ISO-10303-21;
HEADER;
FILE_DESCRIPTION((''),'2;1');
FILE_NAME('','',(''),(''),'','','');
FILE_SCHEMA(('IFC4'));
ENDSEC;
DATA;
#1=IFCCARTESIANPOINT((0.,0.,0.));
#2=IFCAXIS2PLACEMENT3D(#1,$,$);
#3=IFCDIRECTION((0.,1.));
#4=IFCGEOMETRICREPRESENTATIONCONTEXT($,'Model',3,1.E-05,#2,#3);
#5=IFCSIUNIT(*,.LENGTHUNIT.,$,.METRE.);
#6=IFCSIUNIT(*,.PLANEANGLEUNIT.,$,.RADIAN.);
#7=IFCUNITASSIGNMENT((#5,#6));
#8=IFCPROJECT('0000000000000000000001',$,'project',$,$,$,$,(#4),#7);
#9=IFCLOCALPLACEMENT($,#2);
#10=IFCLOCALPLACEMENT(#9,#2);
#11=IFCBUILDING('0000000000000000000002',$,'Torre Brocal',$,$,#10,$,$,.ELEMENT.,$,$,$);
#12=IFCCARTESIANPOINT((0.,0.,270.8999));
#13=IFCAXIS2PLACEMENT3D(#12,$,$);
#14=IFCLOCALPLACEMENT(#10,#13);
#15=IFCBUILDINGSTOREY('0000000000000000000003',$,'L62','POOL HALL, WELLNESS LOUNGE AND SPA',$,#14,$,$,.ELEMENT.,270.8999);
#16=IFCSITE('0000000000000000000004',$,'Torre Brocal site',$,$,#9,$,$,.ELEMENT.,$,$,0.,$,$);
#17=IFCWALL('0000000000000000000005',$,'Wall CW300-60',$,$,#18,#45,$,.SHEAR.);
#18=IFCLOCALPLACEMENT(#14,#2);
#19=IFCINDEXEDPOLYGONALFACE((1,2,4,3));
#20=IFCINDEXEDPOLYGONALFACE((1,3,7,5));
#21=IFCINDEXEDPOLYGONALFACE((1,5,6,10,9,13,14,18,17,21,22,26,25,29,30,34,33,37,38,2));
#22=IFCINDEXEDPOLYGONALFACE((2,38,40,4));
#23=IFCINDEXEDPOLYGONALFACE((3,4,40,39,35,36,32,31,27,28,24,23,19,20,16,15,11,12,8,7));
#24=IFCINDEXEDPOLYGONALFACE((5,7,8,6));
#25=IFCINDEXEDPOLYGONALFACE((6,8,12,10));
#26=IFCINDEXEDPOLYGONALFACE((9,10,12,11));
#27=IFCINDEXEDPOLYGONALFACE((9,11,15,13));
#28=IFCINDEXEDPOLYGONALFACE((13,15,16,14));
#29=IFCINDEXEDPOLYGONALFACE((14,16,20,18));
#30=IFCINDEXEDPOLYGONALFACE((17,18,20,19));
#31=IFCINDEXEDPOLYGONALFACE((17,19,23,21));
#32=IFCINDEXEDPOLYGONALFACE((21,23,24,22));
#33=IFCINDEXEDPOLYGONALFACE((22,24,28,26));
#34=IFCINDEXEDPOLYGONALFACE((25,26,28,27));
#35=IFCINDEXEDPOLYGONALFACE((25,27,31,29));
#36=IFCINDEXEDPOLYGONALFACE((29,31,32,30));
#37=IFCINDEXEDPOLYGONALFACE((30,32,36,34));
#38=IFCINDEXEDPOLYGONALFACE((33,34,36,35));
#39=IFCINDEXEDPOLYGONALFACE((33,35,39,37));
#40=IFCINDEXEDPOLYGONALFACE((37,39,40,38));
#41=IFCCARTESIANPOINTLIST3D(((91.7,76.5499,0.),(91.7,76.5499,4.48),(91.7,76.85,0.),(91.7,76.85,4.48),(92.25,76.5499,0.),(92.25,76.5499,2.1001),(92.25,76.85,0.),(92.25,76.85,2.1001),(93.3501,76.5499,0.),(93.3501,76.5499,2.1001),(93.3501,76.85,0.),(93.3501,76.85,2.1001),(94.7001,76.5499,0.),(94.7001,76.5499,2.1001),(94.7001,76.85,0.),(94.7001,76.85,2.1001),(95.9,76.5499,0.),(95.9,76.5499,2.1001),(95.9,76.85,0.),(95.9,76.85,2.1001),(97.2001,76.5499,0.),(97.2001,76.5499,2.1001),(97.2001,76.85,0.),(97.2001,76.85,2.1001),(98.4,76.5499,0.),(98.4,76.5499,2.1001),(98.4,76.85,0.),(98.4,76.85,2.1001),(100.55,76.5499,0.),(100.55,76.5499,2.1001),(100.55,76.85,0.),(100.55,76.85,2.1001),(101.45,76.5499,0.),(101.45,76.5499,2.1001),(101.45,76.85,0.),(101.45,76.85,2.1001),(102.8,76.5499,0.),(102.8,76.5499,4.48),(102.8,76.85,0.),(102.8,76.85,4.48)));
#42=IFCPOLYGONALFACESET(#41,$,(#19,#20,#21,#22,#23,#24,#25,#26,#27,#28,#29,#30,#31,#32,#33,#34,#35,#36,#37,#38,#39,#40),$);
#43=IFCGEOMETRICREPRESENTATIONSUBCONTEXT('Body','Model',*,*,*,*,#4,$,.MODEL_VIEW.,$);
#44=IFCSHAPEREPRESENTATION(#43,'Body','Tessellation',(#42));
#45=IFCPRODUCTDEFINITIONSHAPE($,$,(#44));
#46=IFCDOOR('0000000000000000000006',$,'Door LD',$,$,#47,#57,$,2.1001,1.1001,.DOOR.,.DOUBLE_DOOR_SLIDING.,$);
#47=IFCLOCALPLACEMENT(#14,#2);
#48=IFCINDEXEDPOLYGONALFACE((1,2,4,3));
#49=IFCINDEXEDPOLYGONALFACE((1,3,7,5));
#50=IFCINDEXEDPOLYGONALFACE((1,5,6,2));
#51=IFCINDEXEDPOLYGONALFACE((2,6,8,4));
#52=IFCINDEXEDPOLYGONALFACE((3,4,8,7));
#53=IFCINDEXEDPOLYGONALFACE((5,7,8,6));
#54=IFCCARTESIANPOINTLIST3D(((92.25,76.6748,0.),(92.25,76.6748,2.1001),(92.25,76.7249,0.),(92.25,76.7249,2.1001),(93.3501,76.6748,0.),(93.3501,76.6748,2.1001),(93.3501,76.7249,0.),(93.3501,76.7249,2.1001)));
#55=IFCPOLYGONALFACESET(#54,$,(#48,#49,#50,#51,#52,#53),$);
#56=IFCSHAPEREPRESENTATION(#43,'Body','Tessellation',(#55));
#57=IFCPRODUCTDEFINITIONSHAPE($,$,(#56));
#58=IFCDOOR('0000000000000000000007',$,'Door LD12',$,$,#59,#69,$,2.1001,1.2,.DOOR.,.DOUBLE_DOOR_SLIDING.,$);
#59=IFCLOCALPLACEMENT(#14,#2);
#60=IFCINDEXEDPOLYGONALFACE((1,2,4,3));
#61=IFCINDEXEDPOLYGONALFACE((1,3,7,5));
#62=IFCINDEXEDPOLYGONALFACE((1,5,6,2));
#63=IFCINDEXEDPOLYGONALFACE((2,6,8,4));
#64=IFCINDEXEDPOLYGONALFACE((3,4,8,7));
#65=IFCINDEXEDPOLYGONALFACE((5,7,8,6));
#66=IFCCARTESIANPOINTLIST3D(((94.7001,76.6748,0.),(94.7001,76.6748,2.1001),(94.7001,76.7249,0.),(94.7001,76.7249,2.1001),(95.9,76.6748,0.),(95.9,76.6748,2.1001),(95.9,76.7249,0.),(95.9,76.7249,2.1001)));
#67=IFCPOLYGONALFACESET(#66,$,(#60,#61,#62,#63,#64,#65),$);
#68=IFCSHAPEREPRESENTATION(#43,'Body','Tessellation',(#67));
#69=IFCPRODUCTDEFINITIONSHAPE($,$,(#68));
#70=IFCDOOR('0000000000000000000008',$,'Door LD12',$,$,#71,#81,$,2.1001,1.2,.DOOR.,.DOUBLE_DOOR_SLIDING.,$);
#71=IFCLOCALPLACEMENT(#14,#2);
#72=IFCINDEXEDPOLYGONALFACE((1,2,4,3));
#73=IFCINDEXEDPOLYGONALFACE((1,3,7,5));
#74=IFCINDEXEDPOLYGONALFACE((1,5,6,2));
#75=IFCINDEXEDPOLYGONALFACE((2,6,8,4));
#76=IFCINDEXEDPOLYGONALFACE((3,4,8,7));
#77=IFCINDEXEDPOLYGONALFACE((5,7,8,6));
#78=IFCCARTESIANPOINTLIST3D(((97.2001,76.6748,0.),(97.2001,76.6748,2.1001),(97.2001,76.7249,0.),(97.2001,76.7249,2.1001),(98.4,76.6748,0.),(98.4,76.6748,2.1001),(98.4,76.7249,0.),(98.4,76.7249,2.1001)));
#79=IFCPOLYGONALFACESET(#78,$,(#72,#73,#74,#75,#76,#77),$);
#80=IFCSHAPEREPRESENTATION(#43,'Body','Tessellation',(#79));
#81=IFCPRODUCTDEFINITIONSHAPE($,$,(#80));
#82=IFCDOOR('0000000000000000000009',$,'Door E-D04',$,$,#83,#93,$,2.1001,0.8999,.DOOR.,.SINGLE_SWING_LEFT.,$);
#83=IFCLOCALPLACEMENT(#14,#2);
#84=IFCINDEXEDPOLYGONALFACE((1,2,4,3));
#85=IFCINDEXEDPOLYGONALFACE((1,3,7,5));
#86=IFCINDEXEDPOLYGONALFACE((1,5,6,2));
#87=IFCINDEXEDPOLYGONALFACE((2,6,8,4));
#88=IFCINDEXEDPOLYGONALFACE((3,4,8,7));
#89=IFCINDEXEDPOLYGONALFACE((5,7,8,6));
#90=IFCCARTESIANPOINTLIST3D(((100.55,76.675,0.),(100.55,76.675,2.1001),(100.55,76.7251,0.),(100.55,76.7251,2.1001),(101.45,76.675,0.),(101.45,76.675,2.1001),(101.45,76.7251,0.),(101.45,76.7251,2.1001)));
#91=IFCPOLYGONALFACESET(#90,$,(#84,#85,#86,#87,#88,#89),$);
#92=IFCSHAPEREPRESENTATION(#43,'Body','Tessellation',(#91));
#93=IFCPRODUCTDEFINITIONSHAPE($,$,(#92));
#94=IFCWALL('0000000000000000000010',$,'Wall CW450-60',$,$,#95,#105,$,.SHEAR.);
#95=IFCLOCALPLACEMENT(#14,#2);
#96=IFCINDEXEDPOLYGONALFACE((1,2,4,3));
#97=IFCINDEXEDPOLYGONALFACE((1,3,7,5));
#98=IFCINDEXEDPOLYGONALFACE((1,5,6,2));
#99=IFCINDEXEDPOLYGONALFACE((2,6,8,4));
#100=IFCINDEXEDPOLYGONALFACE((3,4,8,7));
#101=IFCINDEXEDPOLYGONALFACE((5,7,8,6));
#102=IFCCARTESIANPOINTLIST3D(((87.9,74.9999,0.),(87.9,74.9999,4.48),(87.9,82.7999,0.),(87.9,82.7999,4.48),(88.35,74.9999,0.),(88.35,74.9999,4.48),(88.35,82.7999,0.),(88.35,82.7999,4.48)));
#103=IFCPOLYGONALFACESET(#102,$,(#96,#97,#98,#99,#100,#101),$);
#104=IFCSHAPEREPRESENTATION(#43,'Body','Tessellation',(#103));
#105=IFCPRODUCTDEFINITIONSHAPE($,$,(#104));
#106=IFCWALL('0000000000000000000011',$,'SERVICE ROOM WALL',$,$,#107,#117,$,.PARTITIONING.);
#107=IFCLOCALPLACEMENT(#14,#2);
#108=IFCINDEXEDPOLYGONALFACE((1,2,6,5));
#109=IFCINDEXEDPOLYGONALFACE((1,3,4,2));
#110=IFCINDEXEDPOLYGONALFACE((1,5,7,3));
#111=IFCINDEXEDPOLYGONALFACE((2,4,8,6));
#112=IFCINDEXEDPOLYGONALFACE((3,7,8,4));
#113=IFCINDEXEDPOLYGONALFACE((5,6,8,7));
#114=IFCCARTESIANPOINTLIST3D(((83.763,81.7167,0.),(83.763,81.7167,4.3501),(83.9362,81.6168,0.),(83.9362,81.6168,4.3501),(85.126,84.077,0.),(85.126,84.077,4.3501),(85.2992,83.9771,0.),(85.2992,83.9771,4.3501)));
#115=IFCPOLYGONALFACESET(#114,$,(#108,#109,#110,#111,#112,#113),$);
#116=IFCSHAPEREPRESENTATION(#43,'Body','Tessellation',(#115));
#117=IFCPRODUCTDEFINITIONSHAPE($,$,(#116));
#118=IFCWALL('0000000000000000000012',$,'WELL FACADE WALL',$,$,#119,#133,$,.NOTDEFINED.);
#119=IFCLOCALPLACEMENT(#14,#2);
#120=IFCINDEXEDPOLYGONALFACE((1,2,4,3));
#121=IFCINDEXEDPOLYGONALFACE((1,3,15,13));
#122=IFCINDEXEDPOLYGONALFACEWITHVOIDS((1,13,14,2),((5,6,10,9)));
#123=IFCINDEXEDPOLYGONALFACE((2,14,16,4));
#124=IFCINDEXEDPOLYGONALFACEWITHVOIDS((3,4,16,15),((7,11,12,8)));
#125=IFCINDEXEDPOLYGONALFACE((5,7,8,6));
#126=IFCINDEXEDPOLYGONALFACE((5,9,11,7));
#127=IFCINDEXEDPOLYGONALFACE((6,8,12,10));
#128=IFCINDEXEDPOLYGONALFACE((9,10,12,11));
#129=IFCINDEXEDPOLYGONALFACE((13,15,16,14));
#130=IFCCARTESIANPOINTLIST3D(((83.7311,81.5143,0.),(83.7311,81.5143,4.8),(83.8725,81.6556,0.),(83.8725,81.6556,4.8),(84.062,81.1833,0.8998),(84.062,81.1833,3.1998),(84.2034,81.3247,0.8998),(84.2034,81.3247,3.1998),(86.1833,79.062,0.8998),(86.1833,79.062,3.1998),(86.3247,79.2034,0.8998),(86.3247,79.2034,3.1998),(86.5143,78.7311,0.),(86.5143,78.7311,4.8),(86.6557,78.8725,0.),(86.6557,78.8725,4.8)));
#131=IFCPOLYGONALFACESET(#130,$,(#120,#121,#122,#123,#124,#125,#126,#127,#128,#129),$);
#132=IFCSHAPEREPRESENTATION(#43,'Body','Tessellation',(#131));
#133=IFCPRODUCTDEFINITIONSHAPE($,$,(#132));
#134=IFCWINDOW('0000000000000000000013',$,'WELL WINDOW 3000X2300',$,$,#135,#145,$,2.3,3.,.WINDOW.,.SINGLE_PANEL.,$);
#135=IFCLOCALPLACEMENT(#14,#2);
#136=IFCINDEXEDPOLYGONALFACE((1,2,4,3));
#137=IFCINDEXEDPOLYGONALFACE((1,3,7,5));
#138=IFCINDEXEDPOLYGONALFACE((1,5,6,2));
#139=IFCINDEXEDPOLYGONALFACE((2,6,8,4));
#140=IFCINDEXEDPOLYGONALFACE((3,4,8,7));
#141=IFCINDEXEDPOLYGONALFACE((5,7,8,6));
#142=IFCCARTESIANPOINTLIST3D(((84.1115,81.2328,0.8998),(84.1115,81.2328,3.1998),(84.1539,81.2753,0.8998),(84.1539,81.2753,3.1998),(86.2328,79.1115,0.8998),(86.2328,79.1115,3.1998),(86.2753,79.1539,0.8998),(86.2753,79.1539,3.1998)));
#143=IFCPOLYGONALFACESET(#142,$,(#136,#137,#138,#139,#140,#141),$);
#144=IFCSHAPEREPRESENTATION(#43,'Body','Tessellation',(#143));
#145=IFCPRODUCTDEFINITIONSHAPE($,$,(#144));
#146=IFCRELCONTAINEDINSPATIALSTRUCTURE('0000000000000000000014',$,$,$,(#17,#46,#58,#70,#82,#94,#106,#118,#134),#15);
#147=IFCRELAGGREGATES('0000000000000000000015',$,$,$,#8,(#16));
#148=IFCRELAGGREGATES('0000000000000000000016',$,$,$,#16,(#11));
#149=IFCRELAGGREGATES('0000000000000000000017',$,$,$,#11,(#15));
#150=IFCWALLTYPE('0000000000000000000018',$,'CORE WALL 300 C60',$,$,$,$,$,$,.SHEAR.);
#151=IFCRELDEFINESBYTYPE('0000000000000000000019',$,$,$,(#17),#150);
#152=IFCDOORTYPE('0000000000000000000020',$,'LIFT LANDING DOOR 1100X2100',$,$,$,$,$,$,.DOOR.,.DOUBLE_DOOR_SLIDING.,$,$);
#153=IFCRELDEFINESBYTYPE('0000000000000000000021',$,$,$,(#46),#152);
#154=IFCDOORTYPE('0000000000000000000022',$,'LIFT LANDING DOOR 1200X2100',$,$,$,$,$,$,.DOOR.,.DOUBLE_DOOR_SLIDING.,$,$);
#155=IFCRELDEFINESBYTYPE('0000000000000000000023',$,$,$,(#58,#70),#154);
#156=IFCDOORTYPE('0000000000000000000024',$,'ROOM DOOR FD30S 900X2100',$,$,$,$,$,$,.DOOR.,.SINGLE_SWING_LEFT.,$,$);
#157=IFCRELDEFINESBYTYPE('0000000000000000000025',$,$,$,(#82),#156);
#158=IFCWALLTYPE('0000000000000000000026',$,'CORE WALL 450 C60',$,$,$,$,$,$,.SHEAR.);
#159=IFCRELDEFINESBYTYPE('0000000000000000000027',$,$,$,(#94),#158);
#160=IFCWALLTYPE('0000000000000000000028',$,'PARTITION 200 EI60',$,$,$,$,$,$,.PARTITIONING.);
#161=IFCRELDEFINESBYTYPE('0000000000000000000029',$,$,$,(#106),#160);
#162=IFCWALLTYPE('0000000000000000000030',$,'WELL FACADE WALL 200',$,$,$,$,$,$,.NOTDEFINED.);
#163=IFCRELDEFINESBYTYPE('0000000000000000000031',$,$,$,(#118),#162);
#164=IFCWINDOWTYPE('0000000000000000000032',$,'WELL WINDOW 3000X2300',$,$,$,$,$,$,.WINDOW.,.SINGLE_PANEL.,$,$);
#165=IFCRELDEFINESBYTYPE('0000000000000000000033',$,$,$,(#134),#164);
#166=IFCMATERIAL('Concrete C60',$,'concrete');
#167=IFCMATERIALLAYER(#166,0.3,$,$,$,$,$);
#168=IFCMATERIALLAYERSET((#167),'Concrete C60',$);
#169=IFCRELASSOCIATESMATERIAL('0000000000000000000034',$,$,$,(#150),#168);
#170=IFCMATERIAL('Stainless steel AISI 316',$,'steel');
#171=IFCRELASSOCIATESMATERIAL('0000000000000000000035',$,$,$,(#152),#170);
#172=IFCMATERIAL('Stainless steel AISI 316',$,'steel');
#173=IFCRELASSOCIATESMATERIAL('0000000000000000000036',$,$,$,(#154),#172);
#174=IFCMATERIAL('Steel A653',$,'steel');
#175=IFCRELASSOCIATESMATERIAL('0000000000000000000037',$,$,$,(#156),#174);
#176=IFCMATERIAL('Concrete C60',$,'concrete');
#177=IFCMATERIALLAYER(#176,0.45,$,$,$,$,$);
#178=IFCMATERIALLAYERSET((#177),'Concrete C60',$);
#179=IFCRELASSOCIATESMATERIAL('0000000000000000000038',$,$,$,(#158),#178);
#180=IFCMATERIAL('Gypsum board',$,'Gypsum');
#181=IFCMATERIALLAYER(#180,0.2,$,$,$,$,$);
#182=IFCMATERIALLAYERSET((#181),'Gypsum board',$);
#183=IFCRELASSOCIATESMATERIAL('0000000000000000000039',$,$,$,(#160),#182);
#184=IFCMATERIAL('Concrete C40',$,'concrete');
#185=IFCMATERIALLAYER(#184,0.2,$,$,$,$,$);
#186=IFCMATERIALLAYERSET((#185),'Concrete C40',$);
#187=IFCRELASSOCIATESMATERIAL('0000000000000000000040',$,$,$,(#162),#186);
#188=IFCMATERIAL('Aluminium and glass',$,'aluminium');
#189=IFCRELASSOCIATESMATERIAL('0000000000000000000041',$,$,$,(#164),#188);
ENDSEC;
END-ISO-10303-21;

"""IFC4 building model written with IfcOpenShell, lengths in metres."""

from ifc_helpers import new_model, si_unit, direction, frame, frame_2d, origin, place, context, subcontext, project, spatial, rectangle, extrude, material, layer, layer_set, type_object, element, fill, save


model = new_model("IFC4")

# Units and contexts
model_context = context("Model", 3, precision=1e-05, world=origin(), true_north=direction((0.0, 1.0)))
body_context = subcontext(model_context, "Body", "Model", "MODEL_VIEW")
ifc_project = project(units=[si_unit("LENGTHUNIT", "METRE"), si_unit("PLANEANGLEUNIT", "RADIAN")], contexts=[model_context])

# Site, building, storey
site_placement = place(None, origin())
site = spatial("IfcSite", under=ifc_project, at=site_placement, Name="Torre Brocal site", CompositionType="ELEMENT", RefElevation=0.0)
building_placement = place(site_placement, origin())
building = spatial("IfcBuilding", under=site, at=building_placement, Name="Torre Brocal", CompositionType="ELEMENT")
storey_placement = place(building_placement, frame((0.0, 0.0, 270.8999)))
storey = spatial("IfcBuildingStorey", under=building, at=storey_placement, Name="L62", Description="POOL HALL, WELLNESS LOUNGE AND SPA", CompositionType="ELEMENT", Elevation=270.8999)

# Shared definitions
ifc_material_1 = material(Name="Concrete C60", Category="concrete")
ifc_layer_1 = layer(ifc_material_1, 0.3)
ifc_layer_set_1 = layer_set([ifc_layer_1], Name="Concrete C60")
wall_type_1 = type_object("IfcWallType", Name="CORE WALL 300 C60", PredefinedType="SHEAR", material=ifc_layer_set_1)

# Wall, openings, doors
wall_1_placement = place(storey_placement, frame((91.7, 76.7, 0.0), z_axis=(0.0, 0.0, 1.0), x_axis=(1.0, 0.0, 0.0)))
wall_1 = element("IfcWall", 1, at=wall_1_placement, inside=storey, type_object=wall_type_1, Name="Wall CW300-60", PredefinedType="SHEAR", context=body_context, shape_type="SweptSolid", body=[
    extrude(rectangle(XDim=11.1001, YDim=0.3, at=frame_2d((5.55, 0.0))), origin(), (0.0, 0.0, 1.0), 4.48),
])
opening_1_placement = place(wall_1_placement, frame((0.55, 0.0, 0.0)))
opening_1 = element("IfcOpeningElement", 2, at=opening_1_placement, cuts=wall_1, PredefinedType="OPENING", context=body_context, shape_type="SweptSolid", body=[
    extrude(rectangle(XDim=1.1001, YDim=2.1001, at=frame_2d((0.55, 1.05))), frame((0.0, 0.1599, 0.0), z_axis=(0.0, -1.0, 0.0), x_axis=(1.0, 0.0, 0.0)), (0.0, 0.0, 1.0), 0.3201),
])
opening_2_placement = place(wall_1_placement, frame((3.0, 0.0, 0.0)))
opening_2 = element("IfcOpeningElement", 3, at=opening_2_placement, cuts=wall_1, PredefinedType="OPENING", context=body_context, shape_type="SweptSolid", body=[
    extrude(rectangle(XDim=1.2, YDim=2.1001, at=frame_2d((0.6001, 1.05))), frame((0.0, 0.1599, 0.0), z_axis=(0.0, -1.0, 0.0), x_axis=(1.0, 0.0, 0.0)), (0.0, 0.0, 1.0), 0.3201),
])
opening_3_placement = place(wall_1_placement, frame((5.5, 0.0, 0.0)))
opening_3 = element("IfcOpeningElement", 4, at=opening_3_placement, cuts=wall_1, PredefinedType="OPENING", context=body_context, shape_type="SweptSolid", body=[
    extrude(rectangle(XDim=1.2, YDim=2.1001, at=frame_2d((0.6001, 1.05))), frame((0.0, 0.1599, 0.0), z_axis=(0.0, -1.0, 0.0), x_axis=(1.0, 0.0, 0.0)), (0.0, 0.0, 1.0), 0.3201),
])
opening_4_placement = place(wall_1_placement, frame((8.8501, 0.0, 0.0)))
opening_4 = element("IfcOpeningElement", 5, at=opening_4_placement, cuts=wall_1, PredefinedType="OPENING", context=body_context, shape_type="SweptSolid", body=[
    extrude(rectangle(XDim=0.8999, YDim=2.1001, at=frame_2d((0.45, 1.05))), frame((0.0, 0.1599, 0.0), z_axis=(0.0, -1.0, 0.0), x_axis=(1.0, 0.0, 0.0)), (0.0, 0.0, 1.0), 0.3201),
])
ifc_material_2 = material(Name="Stainless steel AISI 316", Category="steel")
door_type_1 = type_object("IfcDoorType", Name="LIFT LANDING DOOR 1100X2100", OperationType="DOUBLE_DOOR_SLIDING", PredefinedType="DOOR", material=ifc_material_2)
door_1_placement = place(opening_1_placement, origin())
door_1 = element("IfcDoor", 6, at=door_1_placement, inside=storey, type_object=door_type_1, Name="Door LD", OperationType="DOUBLE_DOOR_SLIDING", OverallHeight=2.1001, OverallWidth=1.1001, PredefinedType="DOOR", context=body_context, shape_type="SweptSolid", body=[
    extrude(rectangle(XDim=1.1001, YDim=2.1001, at=frame_2d((0.55, 1.05))), frame((0.0, 0.0249, 0.0), z_axis=(0.0, -1.0, 0.0), x_axis=(1.0, 0.0, 0.0)), (0.0, 0.0, 1.0), 0.05),
])
fill(opening_1, door_1)
ifc_material_3 = material(Name="Stainless steel AISI 316", Category="steel")
door_type_2 = type_object("IfcDoorType", Name="LIFT LANDING DOOR 1200X2100", OperationType="DOUBLE_DOOR_SLIDING", PredefinedType="DOOR", material=ifc_material_3)
door_2_placement = place(opening_2_placement, origin())
door_2 = element("IfcDoor", 7, at=door_2_placement, inside=storey, type_object=door_type_2, Name="Door LD12", OperationType="DOUBLE_DOOR_SLIDING", OverallHeight=2.1001, OverallWidth=1.2, PredefinedType="DOOR", context=body_context, shape_type="SweptSolid", body=[
    extrude(rectangle(XDim=1.2, YDim=2.1001, at=frame_2d((0.6001, 1.05))), frame((0.0, 0.0249, 0.0), z_axis=(0.0, -1.0, 0.0), x_axis=(1.0, 0.0, 0.0)), (0.0, 0.0, 1.0), 0.05),
])
fill(opening_2, door_2)
door_3_placement = place(opening_3_placement, origin())
door_3 = element("IfcDoor", 8, at=door_3_placement, inside=storey, type_object=door_type_2, Name="Door LD12", OperationType="DOUBLE_DOOR_SLIDING", OverallHeight=2.1001, OverallWidth=1.2, PredefinedType="DOOR", context=body_context, shape_type="SweptSolid", body=[
    extrude(rectangle(XDim=1.2, YDim=2.1001, at=frame_2d((0.6001, 1.05))), frame((0.0, 0.0249, 0.0), z_axis=(0.0, -1.0, 0.0), x_axis=(1.0, 0.0, 0.0)), (0.0, 0.0, 1.0), 0.05),
])
fill(opening_3, door_3)
ifc_material_4 = material(Name="Steel A653", Category="steel")
door_type_3 = type_object("IfcDoorType", Name="ROOM DOOR FD30S 900X2100", OperationType="SINGLE_SWING_LEFT", PredefinedType="DOOR", material=ifc_material_4)
door_4_placement = place(opening_4_placement, frame((0.8999, 0.0, 0.0), z_axis=(0.0, 0.0, 1.0), x_axis=(-1.0, 0.0, 0.0)))
door_4 = element("IfcDoor", 9, at=door_4_placement, inside=storey, type_object=door_type_3, Name="Door E-D04", OperationType="SINGLE_SWING_LEFT", OverallHeight=2.1001, OverallWidth=0.8999, PredefinedType="DOOR", context=body_context, shape_type="SweptSolid", body=[
    extrude(rectangle(XDim=0.8999, YDim=2.1001, at=frame_2d((0.45, 1.05))), frame((0.0, 0.0249, 0.0), z_axis=(0.0, -1.0, 0.0), x_axis=(1.0, 0.0, 0.0)), (0.0, 0.0, 1.0), 0.05),
])
fill(opening_4, door_4)

# Walls
ifc_material_5 = material(Name="Concrete C60", Category="concrete")
ifc_layer_2 = layer(ifc_material_5, 0.45)
ifc_layer_set_2 = layer_set([ifc_layer_2], Name="Concrete C60")
wall_type_2 = type_object("IfcWallType", Name="CORE WALL 450 C60", PredefinedType="SHEAR", material=ifc_layer_set_2)
wall_2_placement = place(storey_placement, frame((88.125, 75.0, 0.0), z_axis=(0.0, 0.0, 1.0), x_axis=(0.0, 1.0, 0.0)))
element("IfcWall", 10, at=wall_2_placement, inside=storey, type_object=wall_type_2, Name="Wall CW450-60", PredefinedType="SHEAR", context=body_context, shape_type="SweptSolid", body=[
    extrude(rectangle(XDim=7.8, YDim=0.45, at=frame_2d((3.8999, 0.0))), origin(), (0.0, 0.0, 1.0), 4.48),
])
ifc_material_6 = material(Name="Gypsum board", Category="Gypsum")
ifc_layer_3 = layer(ifc_material_6, 0.2)
ifc_layer_set_3 = layer_set([ifc_layer_3], Name="Gypsum board")
wall_type_3 = type_object("IfcWallType", Name="PARTITION 200 EI60", PredefinedType="PARTITIONING", material=ifc_layer_set_3)
wall_3_placement = place(storey_placement, frame((83.8496, 81.6667, 0.0), z_axis=(0.0, 0.0, 1.0), x_axis=(0.500079, 0.86598, 0.0)))
element("IfcWall", 11, at=wall_3_placement, inside=storey, type_object=wall_type_3, Name="SERVICE ROOM WALL", PredefinedType="PARTITIONING", context=body_context, shape_type="SweptSolid", body=[
    extrude(rectangle(XDim=2.7256, YDim=0.2, at=frame_2d((1.3628, 0.0))), origin(), (0.0, 0.0, 1.0), 4.3501),
])

# Wall, opening, window
ifc_material_7 = material(Name="Concrete C40", Category="concrete")
ifc_layer_4 = layer(ifc_material_7, 0.2)
ifc_layer_set_4 = layer_set([ifc_layer_4], Name="Concrete C40")
wall_type_4 = type_object("IfcWallType", Name="WELL FACADE WALL 200", PredefinedType="NOTDEFINED", material=ifc_layer_set_4)
wall_4_placement = place(storey_placement, frame((86.585, 78.8018, 0.0), z_axis=(0.0, 0.0, 1.0), x_axis=(-0.707107, 0.707107, 0.0)))
wall_4 = element("IfcWall", 12, at=wall_4_placement, inside=storey, type_object=wall_type_4, Name="WELL FACADE WALL", PredefinedType="NOTDEFINED", context=body_context, shape_type="SweptSolid", body=[
    extrude(rectangle(XDim=3.936, YDim=0.2, at=frame_2d((1.968, 0.0))), origin(), (0.0, 0.0, 1.0), 4.8),
])
opening_5_placement = place(wall_4_placement, frame((0.468, 0.0, 0.8999)))
opening_5 = element("IfcOpeningElement", 13, at=opening_5_placement, cuts=wall_4, PredefinedType="OPENING", context=body_context, shape_type="SweptSolid", body=[
    extrude(rectangle(XDim=3.0, YDim=2.3, at=frame_2d((1.5, 1.1499))), frame((0.0, 0.1099, 0.0), z_axis=(0.0, -1.0, 0.0), x_axis=(1.0, 0.0, 0.0)), (0.0, 0.0, 1.0), 0.22),
])
ifc_material_8 = material(Name="Aluminium and glass", Category="aluminium")
window_type = type_object("IfcWindowType", Name="WELL WINDOW 3000X2300", PartitioningType="SINGLE_PANEL", PredefinedType="WINDOW", material=ifc_material_8)
window_1_placement = place(opening_5_placement, origin())
window_1 = element("IfcWindow", 14, at=window_1_placement, inside=storey, type_object=window_type, Name="WELL WINDOW 3000X2300", OverallHeight=2.3, OverallWidth=3.0, PartitioningType="SINGLE_PANEL", PredefinedType="WINDOW", context=body_context, shape_type="SweptSolid", body=[
    extrude(rectangle(XDim=3.0, YDim=2.3, at=frame_2d((1.5, 1.1499))), frame((0.0, 0.03, 0.0), z_axis=(0.0, -1.0, 0.0), x_axis=(1.0, 0.0, 0.0)), (0.0, 0.0, 1.0), 0.0601),
])
fill(opening_5, window_1)

save(model, "model.ifc")
